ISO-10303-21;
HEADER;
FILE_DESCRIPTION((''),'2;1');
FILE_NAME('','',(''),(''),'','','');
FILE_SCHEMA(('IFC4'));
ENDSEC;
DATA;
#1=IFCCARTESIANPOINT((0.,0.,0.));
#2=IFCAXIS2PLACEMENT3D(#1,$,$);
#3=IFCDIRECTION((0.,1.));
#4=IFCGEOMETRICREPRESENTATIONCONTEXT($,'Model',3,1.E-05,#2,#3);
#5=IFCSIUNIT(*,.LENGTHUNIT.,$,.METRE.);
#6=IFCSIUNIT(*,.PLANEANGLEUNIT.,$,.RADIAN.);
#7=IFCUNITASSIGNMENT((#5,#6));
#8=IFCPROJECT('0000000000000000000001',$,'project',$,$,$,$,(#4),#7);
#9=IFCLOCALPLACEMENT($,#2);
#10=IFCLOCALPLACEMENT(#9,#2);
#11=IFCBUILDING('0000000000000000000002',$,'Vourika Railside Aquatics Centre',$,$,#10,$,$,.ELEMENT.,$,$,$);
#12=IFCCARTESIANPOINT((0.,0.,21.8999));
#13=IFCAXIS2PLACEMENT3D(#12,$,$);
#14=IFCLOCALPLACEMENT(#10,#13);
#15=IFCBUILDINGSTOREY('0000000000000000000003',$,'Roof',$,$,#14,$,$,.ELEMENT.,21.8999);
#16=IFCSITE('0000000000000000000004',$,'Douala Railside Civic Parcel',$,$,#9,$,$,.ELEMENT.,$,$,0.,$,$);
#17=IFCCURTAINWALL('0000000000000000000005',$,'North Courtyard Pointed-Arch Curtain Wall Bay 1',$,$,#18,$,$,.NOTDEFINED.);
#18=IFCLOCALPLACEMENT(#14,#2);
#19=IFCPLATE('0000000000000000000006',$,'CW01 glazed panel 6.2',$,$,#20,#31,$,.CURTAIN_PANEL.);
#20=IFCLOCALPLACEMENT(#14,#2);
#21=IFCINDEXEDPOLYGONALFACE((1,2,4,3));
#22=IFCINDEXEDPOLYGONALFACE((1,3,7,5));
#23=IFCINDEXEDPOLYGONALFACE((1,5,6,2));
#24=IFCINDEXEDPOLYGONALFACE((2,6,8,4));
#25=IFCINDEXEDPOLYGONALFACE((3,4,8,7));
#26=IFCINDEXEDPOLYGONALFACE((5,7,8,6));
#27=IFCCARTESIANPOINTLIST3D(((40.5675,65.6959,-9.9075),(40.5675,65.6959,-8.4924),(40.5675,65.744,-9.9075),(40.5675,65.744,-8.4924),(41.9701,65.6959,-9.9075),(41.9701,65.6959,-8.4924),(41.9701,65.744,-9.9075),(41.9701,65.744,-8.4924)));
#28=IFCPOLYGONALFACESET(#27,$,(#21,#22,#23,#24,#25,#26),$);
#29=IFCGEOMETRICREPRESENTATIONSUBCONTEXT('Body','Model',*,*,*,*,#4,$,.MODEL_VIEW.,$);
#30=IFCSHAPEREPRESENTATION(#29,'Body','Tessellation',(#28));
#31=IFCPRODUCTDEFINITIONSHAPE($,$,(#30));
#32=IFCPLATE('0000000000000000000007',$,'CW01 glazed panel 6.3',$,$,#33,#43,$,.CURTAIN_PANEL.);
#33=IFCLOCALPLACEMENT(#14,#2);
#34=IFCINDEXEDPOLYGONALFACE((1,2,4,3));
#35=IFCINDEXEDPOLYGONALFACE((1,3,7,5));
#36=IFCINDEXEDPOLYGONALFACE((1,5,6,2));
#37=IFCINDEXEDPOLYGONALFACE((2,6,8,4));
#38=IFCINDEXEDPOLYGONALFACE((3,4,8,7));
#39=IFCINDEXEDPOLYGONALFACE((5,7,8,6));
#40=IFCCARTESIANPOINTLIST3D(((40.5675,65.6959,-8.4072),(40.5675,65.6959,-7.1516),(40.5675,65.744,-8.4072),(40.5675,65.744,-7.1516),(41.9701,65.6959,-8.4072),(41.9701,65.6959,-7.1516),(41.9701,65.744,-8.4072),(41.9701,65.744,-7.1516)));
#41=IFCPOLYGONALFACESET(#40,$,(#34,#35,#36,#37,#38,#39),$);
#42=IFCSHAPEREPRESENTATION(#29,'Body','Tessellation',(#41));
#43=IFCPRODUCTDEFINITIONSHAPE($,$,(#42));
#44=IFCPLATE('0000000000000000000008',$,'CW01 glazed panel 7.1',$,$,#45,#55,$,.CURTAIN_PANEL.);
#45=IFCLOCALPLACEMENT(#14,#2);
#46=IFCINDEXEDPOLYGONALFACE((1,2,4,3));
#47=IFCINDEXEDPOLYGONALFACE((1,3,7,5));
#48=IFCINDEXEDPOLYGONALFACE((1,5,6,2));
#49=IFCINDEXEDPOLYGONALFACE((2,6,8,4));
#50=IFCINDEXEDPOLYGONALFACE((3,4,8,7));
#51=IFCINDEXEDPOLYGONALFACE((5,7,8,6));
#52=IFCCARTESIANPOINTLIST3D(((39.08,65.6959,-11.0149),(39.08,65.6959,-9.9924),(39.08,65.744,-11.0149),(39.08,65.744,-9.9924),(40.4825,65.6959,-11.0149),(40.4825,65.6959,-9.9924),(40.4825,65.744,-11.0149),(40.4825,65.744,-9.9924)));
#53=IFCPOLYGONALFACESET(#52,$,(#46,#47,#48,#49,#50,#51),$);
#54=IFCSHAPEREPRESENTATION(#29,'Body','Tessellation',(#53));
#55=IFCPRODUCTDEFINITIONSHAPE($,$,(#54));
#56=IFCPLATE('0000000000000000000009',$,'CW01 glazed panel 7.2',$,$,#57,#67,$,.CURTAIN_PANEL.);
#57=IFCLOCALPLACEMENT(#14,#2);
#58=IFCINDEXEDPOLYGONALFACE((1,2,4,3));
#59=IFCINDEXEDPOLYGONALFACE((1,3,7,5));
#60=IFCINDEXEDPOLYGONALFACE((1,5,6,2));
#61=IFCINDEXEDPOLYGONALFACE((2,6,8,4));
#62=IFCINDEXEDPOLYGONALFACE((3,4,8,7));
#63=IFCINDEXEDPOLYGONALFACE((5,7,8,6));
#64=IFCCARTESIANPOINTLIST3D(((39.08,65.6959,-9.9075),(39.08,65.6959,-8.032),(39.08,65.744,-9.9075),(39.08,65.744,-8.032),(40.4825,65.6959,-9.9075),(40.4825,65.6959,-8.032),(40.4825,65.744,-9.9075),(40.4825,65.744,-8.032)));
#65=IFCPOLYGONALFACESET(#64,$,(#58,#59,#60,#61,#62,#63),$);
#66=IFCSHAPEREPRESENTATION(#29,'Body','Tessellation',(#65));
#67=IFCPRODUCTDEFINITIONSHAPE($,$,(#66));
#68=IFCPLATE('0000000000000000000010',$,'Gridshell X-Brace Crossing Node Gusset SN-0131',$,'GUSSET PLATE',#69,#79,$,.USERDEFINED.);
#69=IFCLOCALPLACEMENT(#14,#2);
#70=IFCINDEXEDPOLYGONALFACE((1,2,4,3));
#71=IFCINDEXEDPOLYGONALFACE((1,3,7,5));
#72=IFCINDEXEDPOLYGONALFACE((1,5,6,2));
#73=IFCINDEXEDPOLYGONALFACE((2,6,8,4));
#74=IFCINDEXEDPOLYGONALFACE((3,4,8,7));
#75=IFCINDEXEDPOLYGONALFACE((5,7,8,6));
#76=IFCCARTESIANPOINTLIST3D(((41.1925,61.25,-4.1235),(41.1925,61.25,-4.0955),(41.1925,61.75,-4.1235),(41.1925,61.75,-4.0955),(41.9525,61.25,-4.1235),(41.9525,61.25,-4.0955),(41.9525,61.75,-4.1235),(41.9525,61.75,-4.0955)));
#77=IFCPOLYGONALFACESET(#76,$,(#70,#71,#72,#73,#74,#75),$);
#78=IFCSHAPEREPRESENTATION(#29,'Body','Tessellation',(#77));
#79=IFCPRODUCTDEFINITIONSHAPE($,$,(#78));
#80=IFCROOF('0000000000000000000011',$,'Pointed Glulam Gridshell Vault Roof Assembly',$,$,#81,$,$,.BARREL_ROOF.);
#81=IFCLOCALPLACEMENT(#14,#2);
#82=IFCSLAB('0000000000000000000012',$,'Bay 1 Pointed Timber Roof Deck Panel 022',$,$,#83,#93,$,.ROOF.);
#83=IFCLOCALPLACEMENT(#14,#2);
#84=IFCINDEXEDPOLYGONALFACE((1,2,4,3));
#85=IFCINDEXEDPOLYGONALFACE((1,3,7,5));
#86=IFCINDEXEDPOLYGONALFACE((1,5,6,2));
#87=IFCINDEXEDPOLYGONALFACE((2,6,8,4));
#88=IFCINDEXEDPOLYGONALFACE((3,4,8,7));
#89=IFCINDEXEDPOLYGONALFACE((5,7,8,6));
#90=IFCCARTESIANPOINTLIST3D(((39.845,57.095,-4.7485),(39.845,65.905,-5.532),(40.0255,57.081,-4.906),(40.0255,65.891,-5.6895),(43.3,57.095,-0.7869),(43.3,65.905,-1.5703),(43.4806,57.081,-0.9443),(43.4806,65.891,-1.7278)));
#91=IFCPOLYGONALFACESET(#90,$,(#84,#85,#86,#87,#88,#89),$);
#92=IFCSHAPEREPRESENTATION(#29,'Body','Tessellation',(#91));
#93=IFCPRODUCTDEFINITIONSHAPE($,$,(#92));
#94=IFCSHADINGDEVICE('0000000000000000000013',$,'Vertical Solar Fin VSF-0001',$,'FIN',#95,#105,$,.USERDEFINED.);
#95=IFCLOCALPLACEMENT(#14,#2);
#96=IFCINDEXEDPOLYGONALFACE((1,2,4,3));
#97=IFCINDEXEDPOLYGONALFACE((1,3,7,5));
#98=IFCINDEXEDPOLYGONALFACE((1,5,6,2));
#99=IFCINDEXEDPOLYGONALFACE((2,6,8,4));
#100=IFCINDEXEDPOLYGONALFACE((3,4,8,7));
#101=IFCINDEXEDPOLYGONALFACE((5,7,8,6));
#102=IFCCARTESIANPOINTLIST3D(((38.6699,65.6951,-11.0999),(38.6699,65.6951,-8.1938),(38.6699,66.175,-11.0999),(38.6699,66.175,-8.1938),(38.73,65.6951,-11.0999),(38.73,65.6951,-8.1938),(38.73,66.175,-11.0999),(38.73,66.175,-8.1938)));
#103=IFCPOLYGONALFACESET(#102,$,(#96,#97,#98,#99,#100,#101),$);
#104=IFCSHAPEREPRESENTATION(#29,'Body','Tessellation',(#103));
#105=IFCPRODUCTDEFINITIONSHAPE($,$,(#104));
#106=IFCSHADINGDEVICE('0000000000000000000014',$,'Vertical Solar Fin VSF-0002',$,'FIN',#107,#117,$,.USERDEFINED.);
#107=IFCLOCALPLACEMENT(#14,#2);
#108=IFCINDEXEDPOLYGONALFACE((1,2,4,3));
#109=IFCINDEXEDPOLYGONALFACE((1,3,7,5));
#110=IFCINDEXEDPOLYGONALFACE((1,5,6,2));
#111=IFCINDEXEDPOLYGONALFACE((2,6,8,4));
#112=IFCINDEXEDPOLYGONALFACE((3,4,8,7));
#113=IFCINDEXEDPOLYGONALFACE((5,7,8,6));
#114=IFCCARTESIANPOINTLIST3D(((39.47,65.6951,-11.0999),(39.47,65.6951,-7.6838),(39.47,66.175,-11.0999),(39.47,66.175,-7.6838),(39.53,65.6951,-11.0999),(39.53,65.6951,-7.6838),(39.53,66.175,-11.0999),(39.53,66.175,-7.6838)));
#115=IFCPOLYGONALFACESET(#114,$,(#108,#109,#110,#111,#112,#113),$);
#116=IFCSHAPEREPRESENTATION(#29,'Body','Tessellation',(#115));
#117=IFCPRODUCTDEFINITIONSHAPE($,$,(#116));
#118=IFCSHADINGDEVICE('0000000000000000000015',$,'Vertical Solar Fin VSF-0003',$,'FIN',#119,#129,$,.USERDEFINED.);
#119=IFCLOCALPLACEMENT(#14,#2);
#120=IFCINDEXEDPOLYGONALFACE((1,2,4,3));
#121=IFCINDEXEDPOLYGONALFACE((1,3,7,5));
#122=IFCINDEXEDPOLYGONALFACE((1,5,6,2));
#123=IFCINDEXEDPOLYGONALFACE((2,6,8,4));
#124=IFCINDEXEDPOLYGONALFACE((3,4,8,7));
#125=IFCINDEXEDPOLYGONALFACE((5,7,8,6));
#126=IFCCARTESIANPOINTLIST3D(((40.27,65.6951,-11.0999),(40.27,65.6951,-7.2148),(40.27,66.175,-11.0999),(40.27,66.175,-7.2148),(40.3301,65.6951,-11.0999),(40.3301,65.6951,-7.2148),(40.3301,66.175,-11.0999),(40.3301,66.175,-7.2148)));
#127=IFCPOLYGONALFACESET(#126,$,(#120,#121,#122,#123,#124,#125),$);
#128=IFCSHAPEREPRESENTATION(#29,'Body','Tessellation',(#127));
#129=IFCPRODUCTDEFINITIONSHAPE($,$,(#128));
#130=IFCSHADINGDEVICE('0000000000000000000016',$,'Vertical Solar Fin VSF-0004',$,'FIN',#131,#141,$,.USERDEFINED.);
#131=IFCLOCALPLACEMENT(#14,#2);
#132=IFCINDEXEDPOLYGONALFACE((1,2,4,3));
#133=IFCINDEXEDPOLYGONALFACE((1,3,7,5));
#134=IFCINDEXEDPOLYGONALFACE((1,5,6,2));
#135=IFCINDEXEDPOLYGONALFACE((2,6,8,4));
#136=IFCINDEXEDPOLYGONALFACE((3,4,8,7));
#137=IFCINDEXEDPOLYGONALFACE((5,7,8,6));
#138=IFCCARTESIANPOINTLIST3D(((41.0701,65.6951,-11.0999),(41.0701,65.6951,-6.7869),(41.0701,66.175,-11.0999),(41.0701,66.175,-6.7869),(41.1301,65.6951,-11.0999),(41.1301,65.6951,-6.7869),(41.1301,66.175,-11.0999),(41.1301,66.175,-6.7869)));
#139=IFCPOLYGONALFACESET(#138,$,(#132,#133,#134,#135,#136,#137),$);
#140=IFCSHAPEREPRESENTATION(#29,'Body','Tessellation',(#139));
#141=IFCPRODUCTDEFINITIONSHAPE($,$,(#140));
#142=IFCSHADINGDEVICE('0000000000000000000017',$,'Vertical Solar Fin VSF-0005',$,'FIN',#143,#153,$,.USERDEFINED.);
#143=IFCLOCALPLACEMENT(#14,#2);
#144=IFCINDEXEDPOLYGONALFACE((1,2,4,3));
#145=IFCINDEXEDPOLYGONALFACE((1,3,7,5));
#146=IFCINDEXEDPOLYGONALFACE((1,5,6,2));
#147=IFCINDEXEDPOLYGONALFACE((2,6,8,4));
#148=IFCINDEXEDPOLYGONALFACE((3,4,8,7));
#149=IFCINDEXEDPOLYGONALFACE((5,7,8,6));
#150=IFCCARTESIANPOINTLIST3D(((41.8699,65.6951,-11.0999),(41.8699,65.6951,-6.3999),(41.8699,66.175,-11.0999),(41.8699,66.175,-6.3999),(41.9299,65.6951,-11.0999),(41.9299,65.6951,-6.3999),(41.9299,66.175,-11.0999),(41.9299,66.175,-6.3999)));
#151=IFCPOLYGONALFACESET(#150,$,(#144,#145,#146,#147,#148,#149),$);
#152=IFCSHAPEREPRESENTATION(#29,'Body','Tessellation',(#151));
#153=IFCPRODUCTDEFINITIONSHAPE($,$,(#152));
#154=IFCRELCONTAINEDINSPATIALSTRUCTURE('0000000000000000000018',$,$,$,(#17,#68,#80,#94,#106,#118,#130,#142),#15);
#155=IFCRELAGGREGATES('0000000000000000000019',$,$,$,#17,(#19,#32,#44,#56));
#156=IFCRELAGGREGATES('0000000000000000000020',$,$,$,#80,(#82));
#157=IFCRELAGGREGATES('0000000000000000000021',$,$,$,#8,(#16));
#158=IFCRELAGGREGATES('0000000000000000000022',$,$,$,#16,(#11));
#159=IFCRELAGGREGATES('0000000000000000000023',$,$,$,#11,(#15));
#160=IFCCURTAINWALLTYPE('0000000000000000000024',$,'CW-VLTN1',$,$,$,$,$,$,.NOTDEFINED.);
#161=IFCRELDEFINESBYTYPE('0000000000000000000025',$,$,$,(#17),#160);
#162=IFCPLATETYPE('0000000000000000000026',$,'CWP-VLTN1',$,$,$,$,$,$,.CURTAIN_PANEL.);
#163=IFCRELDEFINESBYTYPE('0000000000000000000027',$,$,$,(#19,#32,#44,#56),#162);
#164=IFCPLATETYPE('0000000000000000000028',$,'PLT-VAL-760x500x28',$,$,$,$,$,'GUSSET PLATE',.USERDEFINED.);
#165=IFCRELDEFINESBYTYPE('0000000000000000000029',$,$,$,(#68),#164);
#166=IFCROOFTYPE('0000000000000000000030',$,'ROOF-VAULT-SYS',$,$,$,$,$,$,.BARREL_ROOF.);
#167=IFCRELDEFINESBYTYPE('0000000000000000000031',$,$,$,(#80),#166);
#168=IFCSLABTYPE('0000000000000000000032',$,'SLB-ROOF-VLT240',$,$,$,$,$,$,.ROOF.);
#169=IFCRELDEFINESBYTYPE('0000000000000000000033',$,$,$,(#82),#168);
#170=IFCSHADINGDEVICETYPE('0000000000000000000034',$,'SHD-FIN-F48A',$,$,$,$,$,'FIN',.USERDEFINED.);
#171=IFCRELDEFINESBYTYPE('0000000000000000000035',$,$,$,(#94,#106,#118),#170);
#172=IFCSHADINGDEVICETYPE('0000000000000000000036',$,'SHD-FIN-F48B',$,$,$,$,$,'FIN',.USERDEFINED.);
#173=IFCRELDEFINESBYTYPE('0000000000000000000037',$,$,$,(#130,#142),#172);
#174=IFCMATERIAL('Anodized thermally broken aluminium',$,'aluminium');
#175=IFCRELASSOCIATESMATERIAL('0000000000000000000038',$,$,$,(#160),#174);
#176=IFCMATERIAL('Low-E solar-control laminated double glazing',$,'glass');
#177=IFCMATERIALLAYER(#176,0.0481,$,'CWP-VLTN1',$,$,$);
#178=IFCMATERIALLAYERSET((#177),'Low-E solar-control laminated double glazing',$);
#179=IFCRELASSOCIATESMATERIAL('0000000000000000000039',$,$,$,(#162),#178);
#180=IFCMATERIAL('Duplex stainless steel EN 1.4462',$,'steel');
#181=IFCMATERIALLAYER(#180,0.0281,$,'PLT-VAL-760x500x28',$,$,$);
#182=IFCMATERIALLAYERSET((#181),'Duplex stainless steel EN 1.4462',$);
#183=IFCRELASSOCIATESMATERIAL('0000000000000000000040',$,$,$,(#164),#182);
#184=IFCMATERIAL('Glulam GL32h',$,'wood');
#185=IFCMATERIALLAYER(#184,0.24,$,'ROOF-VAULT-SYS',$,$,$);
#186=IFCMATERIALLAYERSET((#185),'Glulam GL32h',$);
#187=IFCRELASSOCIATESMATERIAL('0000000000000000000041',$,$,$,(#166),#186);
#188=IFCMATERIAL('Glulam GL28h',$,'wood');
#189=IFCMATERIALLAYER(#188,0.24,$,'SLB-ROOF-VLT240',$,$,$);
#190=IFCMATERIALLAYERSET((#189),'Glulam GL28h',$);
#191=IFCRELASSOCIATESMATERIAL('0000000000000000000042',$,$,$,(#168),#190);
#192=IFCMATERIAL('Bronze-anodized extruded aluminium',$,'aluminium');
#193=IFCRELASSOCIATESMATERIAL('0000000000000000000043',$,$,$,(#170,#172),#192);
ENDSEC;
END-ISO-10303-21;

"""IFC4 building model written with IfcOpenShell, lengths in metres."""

from ifc_helpers import new_model, si_unit, direction, frame, origin, origin_2d, place, context, subcontext, project, spatial, polyline, rectangle, outline, extrude, material, layer, layer_set, material_profile, profile_set, type_object, element, aggregate, save


model = new_model("IFC4")

# Units and contexts
model_context = context("Model", 3, precision=1e-05, world=origin(), true_north=direction((0.0, 1.0)))
body_context = subcontext(model_context, "Body", "Model", "MODEL_VIEW")
ifc_project = project(units=[si_unit("LENGTHUNIT", "METRE"), si_unit("PLANEANGLEUNIT", "RADIAN")], contexts=[model_context])

# Site, building, storey
site_placement = place(None, origin())
site = spatial("IfcSite", under=ifc_project, at=site_placement, Name="Douala Railside Civic Parcel", CompositionType="ELEMENT", RefElevation=0.0)
building_placement = place(site_placement, origin())
building = spatial("IfcBuilding", under=site, at=building_placement, Name="Vourika Railside Aquatics Centre", CompositionType="ELEMENT")
storey_placement = place(building_placement, frame((0.0, 0.0, 21.8999)))
storey = spatial("IfcBuildingStorey", under=building, at=storey_placement, Name="Roof", CompositionType="ELEMENT", Elevation=21.8999)

# Shared definitions
ifc_material_1 = material(Name="Glulam GL32h", Category="wood")

# Curtain wall
ifc_material_2 = material(Name="Anodized thermally broken aluminium", Category="aluminium")
curtain_wall_type = type_object("IfcCurtainWallType", Name="CW-VLTN1", PredefinedType="NOTDEFINED", material=ifc_material_2)
curtain_wall_placement = place(storey_placement, origin())
curtain_wall = element("IfcCurtainWall", 1, at=curtain_wall_placement, inside=storey, type_object=curtain_wall_type, Name="North Courtyard Pointed-Arch Curtain Wall Bay 1", PredefinedType="NOTDEFINED")

# Shared definitions
ifc_material_3 = material(Name="Glulam GL28h", Category="wood")

# Plates
ifc_material_4 = material(Name="Low-E solar-control laminated double glazing", Category="glass")
ifc_layer_1 = layer(ifc_material_4, 0.0481, Name="CWP-VLTN1")
ifc_layer_set_1 = layer_set([ifc_layer_1], Name="Low-E solar-control laminated double glazing")
plate_type_1 = type_object("IfcPlateType", Name="CWP-VLTN1", PredefinedType="CURTAIN_PANEL", material=ifc_layer_set_1)
plate_1_placement = place(storey_placement, frame((41.2688, 65.72, -9.9075), z_axis=(0.0, 0.0, 1.0), x_axis=(-1.0, 0.0, 0.0)))
plate_1 = element("IfcPlate", 2, at=plate_1_placement, type_object=plate_type_1, Name="CW01 glazed panel 6.2", PredefinedType="CURTAIN_PANEL", context=body_context, shape_type="SweptSolid", body=[
    extrude(rectangle(XDim=1.4026, YDim=0.0481, at=origin_2d()), origin(), (0.0, 0.0, 1.0), 1.415),
])
plate_2_placement = place(storey_placement, frame((41.2688, 65.72, -8.4072), z_axis=(0.0, 0.0, 1.0), x_axis=(-1.0, 0.0, 0.0)))
plate_2 = element("IfcPlate", 3, at=plate_2_placement, type_object=plate_type_1, Name="CW01 glazed panel 6.3", PredefinedType="CURTAIN_PANEL", context=body_context, shape_type="SweptSolid", body=[
    extrude(rectangle(XDim=1.4026, YDim=0.0481, at=origin_2d()), origin(), (0.0, 0.0, 1.0), 1.2556),
])
plate_3_placement = place(storey_placement, frame((39.7812, 65.72, -11.0149), z_axis=(0.0, 0.0, 1.0), x_axis=(-1.0, 0.0, 0.0)))
plate_3 = element("IfcPlate", 4, at=plate_3_placement, type_object=plate_type_1, Name="CW01 glazed panel 7.1", PredefinedType="CURTAIN_PANEL", context=body_context, shape_type="SweptSolid", body=[
    extrude(rectangle(XDim=1.4026, YDim=0.0481, at=origin_2d()), origin(), (0.0, 0.0, 1.0), 1.0225),
])
plate_4_placement = place(storey_placement, frame((39.7812, 65.72, -9.9075), z_axis=(0.0, 0.0, 1.0), x_axis=(-1.0, 0.0, 0.0)))
plate_4 = element("IfcPlate", 5, at=plate_4_placement, type_object=plate_type_1, Name="CW01 glazed panel 7.2", PredefinedType="CURTAIN_PANEL", context=body_context, shape_type="SweptSolid", body=[
    extrude(rectangle(XDim=1.4026, YDim=0.0481, at=origin_2d()), origin(), (0.0, 0.0, 1.0), 1.8755),
])
aggregate(curtain_wall, [plate_1, plate_2, plate_3, plate_4])
ifc_material_5 = material(Name="Duplex stainless steel EN 1.4462", Category="steel")
ifc_layer_2 = layer(ifc_material_5, 0.0281, Name="PLT-VAL-760x500x28")
ifc_layer_set_2 = layer_set([ifc_layer_2], Name="Duplex stainless steel EN 1.4462")
plate_type_2 = type_object("IfcPlateType", Name="PLT-VAL-760x500x28", ElementType="GUSSET PLATE", PredefinedType="USERDEFINED", material=ifc_layer_set_2)
plate_5_placement = place(storey_placement, frame((41.5725, 61.5, -4.1235), z_axis=(0.0, 0.0, 1.0), x_axis=(1.0, 0.0, 0.0)))
element("IfcPlate", 6, at=plate_5_placement, inside=storey, type_object=plate_type_2, Name="Gridshell X-Brace Crossing Node Gusset SN-0131", ObjectType="GUSSET PLATE", PredefinedType="USERDEFINED", context=body_context, shape_type="SweptSolid", body=[
    extrude(rectangle(XDim=0.76, YDim=0.5, at=origin_2d()), origin(), (0.0, 0.0, 1.0), 0.0281),
])

# Roof, slab
ifc_layer_3 = layer(ifc_material_1, 0.24, Name="ROOF-VAULT-SYS")
ifc_layer_set_3 = layer_set([ifc_layer_3], Name="Glulam GL32h")
roof_type = type_object("IfcRoofType", Name="ROOF-VAULT-SYS", PredefinedType="BARREL_ROOF", material=ifc_layer_set_3)
roof_placement = place(storey_placement, origin())
roof = element("IfcRoof", 7, at=roof_placement, inside=storey, type_object=roof_type, Name="Pointed Glulam Gridshell Vault Roof Assembly", PredefinedType="BARREL_ROOF")
ifc_layer_4 = layer(ifc_material_3, 0.24, Name="SLB-ROOF-VLT240")
ifc_layer_set_4 = layer_set([ifc_layer_4], Name="Glulam GL28h")
slab_type = type_object("IfcSlabType", Name="SLB-ROOF-VLT240", PredefinedType="ROOF", material=ifc_layer_set_4)
slab_placement = place(storey_placement, frame((39.845, 57.095, -4.7485), z_axis=(-0.752365, 0.05835, 0.656157), x_axis=(0.657277, 0.0, 0.753649)))
slab = element("IfcSlab", 8, at=slab_placement, type_object=slab_type, Name="Bay 1 Pointed Timber Roof Deck Panel 022", PredefinedType="ROOF", context=body_context, shape_type="SweptSolid", body=[
    extrude(outline(polyline([(0.0, 0.0), (5.2567, 0.0), (4.6662, 8.8251), (-0.5904, 8.8251), (0.0, 0.0)])), origin(), (0.0, 0.0, -1.0), 0.24),
])
aggregate(roof, [slab])

# Shading devices
ifc_material_6 = material(Name="Bronze-anodized extruded aluminium", Category="aluminium")
ifc_material_profile_1 = material_profile(ifc_material_6, rectangle(XDim=0.0601, YDim=0.48, at=origin_2d()), Name="ALU-FIN 60x480")
ifc_profile_set_1 = profile_set([ifc_material_profile_1], Name="Bronze-anodized extruded aluminium")
shading_device_type_1 = type_object("IfcShadingDeviceType", Name="SHD-FIN-F48A", ElementType="FIN", PredefinedType="USERDEFINED", material=ifc_profile_set_1)
shading_device_1_placement = place(storey_placement, frame((38.7, 65.9351, -11.0999), z_axis=(0.0, 0.0, 1.0), x_axis=(1.0, 0.0, 0.0)))
element("IfcShadingDevice", 9, at=shading_device_1_placement, inside=storey, type_object=shading_device_type_1, Name="Vertical Solar Fin VSF-0001", ObjectType="FIN", PredefinedType="USERDEFINED", context=body_context, shape_type="SweptSolid", body=[
    extrude(rectangle(XDim=0.0601, YDim=0.48, at=origin_2d()), origin(), (0.0, 0.0, 1.0), 2.906),
])
shading_device_2_placement = place(storey_placement, frame((39.5, 65.9351, -11.0999), z_axis=(0.0, 0.0, 1.0), x_axis=(1.0, 0.0, 0.0)))
element("IfcShadingDevice", 10, at=shading_device_2_placement, inside=storey, type_object=shading_device_type_1, Name="Vertical Solar Fin VSF-0002", ObjectType="FIN", PredefinedType="USERDEFINED", context=body_context, shape_type="SweptSolid", body=[
    extrude(rectangle(XDim=0.0601, YDim=0.48, at=origin_2d()), origin(), (0.0, 0.0, 1.0), 3.416),
])
shading_device_3_placement = place(storey_placement, frame((40.3, 65.9351, -11.0999), z_axis=(0.0, 0.0, 1.0), x_axis=(1.0, 0.0, 0.0)))
element("IfcShadingDevice", 11, at=shading_device_3_placement, inside=storey, type_object=shading_device_type_1, Name="Vertical Solar Fin VSF-0003", ObjectType="FIN", PredefinedType="USERDEFINED", context=body_context, shape_type="SweptSolid", body=[
    extrude(rectangle(XDim=0.0601, YDim=0.48, at=origin_2d()), origin(), (0.0, 0.0, 1.0), 3.885),
])
ifc_material_profile_2 = material_profile(ifc_material_6, rectangle(XDim=0.0601, YDim=0.48, at=origin_2d()), Name="ALU-FIN 60x480")
ifc_profile_set_2 = profile_set([ifc_material_profile_2], Name="Bronze-anodized extruded aluminium")
shading_device_type_2 = type_object("IfcShadingDeviceType", Name="SHD-FIN-F48B", ElementType="FIN", PredefinedType="USERDEFINED", material=ifc_profile_set_2)
shading_device_4_placement = place(storey_placement, frame((41.1001, 65.9351, -11.0999), z_axis=(0.0, 0.0, 1.0), x_axis=(1.0, 0.0, 0.0)))
element("IfcShadingDevice", 12, at=shading_device_4_placement, inside=storey, type_object=shading_device_type_2, Name="Vertical Solar Fin VSF-0004", ObjectType="FIN", PredefinedType="USERDEFINED", context=body_context, shape_type="SweptSolid", body=[
    extrude(rectangle(XDim=0.0601, YDim=0.48, at=origin_2d()), origin(), (0.0, 0.0, 1.0), 4.313),
])
shading_device_5_placement = place(storey_placement, frame((41.8999, 65.9351, -11.0999), z_axis=(0.0, 0.0, 1.0), x_axis=(1.0, 0.0, 0.0)))
element("IfcShadingDevice", 13, at=shading_device_5_placement, inside=storey, type_object=shading_device_type_2, Name="Vertical Solar Fin VSF-0005", ObjectType="FIN", PredefinedType="USERDEFINED", context=body_context, shape_type="SweptSolid", body=[
    extrude(rectangle(XDim=0.0601, YDim=0.48, at=origin_2d()), origin(), (0.0, 0.0, 1.0), 4.7),
])

save(model, "model.ifc")
